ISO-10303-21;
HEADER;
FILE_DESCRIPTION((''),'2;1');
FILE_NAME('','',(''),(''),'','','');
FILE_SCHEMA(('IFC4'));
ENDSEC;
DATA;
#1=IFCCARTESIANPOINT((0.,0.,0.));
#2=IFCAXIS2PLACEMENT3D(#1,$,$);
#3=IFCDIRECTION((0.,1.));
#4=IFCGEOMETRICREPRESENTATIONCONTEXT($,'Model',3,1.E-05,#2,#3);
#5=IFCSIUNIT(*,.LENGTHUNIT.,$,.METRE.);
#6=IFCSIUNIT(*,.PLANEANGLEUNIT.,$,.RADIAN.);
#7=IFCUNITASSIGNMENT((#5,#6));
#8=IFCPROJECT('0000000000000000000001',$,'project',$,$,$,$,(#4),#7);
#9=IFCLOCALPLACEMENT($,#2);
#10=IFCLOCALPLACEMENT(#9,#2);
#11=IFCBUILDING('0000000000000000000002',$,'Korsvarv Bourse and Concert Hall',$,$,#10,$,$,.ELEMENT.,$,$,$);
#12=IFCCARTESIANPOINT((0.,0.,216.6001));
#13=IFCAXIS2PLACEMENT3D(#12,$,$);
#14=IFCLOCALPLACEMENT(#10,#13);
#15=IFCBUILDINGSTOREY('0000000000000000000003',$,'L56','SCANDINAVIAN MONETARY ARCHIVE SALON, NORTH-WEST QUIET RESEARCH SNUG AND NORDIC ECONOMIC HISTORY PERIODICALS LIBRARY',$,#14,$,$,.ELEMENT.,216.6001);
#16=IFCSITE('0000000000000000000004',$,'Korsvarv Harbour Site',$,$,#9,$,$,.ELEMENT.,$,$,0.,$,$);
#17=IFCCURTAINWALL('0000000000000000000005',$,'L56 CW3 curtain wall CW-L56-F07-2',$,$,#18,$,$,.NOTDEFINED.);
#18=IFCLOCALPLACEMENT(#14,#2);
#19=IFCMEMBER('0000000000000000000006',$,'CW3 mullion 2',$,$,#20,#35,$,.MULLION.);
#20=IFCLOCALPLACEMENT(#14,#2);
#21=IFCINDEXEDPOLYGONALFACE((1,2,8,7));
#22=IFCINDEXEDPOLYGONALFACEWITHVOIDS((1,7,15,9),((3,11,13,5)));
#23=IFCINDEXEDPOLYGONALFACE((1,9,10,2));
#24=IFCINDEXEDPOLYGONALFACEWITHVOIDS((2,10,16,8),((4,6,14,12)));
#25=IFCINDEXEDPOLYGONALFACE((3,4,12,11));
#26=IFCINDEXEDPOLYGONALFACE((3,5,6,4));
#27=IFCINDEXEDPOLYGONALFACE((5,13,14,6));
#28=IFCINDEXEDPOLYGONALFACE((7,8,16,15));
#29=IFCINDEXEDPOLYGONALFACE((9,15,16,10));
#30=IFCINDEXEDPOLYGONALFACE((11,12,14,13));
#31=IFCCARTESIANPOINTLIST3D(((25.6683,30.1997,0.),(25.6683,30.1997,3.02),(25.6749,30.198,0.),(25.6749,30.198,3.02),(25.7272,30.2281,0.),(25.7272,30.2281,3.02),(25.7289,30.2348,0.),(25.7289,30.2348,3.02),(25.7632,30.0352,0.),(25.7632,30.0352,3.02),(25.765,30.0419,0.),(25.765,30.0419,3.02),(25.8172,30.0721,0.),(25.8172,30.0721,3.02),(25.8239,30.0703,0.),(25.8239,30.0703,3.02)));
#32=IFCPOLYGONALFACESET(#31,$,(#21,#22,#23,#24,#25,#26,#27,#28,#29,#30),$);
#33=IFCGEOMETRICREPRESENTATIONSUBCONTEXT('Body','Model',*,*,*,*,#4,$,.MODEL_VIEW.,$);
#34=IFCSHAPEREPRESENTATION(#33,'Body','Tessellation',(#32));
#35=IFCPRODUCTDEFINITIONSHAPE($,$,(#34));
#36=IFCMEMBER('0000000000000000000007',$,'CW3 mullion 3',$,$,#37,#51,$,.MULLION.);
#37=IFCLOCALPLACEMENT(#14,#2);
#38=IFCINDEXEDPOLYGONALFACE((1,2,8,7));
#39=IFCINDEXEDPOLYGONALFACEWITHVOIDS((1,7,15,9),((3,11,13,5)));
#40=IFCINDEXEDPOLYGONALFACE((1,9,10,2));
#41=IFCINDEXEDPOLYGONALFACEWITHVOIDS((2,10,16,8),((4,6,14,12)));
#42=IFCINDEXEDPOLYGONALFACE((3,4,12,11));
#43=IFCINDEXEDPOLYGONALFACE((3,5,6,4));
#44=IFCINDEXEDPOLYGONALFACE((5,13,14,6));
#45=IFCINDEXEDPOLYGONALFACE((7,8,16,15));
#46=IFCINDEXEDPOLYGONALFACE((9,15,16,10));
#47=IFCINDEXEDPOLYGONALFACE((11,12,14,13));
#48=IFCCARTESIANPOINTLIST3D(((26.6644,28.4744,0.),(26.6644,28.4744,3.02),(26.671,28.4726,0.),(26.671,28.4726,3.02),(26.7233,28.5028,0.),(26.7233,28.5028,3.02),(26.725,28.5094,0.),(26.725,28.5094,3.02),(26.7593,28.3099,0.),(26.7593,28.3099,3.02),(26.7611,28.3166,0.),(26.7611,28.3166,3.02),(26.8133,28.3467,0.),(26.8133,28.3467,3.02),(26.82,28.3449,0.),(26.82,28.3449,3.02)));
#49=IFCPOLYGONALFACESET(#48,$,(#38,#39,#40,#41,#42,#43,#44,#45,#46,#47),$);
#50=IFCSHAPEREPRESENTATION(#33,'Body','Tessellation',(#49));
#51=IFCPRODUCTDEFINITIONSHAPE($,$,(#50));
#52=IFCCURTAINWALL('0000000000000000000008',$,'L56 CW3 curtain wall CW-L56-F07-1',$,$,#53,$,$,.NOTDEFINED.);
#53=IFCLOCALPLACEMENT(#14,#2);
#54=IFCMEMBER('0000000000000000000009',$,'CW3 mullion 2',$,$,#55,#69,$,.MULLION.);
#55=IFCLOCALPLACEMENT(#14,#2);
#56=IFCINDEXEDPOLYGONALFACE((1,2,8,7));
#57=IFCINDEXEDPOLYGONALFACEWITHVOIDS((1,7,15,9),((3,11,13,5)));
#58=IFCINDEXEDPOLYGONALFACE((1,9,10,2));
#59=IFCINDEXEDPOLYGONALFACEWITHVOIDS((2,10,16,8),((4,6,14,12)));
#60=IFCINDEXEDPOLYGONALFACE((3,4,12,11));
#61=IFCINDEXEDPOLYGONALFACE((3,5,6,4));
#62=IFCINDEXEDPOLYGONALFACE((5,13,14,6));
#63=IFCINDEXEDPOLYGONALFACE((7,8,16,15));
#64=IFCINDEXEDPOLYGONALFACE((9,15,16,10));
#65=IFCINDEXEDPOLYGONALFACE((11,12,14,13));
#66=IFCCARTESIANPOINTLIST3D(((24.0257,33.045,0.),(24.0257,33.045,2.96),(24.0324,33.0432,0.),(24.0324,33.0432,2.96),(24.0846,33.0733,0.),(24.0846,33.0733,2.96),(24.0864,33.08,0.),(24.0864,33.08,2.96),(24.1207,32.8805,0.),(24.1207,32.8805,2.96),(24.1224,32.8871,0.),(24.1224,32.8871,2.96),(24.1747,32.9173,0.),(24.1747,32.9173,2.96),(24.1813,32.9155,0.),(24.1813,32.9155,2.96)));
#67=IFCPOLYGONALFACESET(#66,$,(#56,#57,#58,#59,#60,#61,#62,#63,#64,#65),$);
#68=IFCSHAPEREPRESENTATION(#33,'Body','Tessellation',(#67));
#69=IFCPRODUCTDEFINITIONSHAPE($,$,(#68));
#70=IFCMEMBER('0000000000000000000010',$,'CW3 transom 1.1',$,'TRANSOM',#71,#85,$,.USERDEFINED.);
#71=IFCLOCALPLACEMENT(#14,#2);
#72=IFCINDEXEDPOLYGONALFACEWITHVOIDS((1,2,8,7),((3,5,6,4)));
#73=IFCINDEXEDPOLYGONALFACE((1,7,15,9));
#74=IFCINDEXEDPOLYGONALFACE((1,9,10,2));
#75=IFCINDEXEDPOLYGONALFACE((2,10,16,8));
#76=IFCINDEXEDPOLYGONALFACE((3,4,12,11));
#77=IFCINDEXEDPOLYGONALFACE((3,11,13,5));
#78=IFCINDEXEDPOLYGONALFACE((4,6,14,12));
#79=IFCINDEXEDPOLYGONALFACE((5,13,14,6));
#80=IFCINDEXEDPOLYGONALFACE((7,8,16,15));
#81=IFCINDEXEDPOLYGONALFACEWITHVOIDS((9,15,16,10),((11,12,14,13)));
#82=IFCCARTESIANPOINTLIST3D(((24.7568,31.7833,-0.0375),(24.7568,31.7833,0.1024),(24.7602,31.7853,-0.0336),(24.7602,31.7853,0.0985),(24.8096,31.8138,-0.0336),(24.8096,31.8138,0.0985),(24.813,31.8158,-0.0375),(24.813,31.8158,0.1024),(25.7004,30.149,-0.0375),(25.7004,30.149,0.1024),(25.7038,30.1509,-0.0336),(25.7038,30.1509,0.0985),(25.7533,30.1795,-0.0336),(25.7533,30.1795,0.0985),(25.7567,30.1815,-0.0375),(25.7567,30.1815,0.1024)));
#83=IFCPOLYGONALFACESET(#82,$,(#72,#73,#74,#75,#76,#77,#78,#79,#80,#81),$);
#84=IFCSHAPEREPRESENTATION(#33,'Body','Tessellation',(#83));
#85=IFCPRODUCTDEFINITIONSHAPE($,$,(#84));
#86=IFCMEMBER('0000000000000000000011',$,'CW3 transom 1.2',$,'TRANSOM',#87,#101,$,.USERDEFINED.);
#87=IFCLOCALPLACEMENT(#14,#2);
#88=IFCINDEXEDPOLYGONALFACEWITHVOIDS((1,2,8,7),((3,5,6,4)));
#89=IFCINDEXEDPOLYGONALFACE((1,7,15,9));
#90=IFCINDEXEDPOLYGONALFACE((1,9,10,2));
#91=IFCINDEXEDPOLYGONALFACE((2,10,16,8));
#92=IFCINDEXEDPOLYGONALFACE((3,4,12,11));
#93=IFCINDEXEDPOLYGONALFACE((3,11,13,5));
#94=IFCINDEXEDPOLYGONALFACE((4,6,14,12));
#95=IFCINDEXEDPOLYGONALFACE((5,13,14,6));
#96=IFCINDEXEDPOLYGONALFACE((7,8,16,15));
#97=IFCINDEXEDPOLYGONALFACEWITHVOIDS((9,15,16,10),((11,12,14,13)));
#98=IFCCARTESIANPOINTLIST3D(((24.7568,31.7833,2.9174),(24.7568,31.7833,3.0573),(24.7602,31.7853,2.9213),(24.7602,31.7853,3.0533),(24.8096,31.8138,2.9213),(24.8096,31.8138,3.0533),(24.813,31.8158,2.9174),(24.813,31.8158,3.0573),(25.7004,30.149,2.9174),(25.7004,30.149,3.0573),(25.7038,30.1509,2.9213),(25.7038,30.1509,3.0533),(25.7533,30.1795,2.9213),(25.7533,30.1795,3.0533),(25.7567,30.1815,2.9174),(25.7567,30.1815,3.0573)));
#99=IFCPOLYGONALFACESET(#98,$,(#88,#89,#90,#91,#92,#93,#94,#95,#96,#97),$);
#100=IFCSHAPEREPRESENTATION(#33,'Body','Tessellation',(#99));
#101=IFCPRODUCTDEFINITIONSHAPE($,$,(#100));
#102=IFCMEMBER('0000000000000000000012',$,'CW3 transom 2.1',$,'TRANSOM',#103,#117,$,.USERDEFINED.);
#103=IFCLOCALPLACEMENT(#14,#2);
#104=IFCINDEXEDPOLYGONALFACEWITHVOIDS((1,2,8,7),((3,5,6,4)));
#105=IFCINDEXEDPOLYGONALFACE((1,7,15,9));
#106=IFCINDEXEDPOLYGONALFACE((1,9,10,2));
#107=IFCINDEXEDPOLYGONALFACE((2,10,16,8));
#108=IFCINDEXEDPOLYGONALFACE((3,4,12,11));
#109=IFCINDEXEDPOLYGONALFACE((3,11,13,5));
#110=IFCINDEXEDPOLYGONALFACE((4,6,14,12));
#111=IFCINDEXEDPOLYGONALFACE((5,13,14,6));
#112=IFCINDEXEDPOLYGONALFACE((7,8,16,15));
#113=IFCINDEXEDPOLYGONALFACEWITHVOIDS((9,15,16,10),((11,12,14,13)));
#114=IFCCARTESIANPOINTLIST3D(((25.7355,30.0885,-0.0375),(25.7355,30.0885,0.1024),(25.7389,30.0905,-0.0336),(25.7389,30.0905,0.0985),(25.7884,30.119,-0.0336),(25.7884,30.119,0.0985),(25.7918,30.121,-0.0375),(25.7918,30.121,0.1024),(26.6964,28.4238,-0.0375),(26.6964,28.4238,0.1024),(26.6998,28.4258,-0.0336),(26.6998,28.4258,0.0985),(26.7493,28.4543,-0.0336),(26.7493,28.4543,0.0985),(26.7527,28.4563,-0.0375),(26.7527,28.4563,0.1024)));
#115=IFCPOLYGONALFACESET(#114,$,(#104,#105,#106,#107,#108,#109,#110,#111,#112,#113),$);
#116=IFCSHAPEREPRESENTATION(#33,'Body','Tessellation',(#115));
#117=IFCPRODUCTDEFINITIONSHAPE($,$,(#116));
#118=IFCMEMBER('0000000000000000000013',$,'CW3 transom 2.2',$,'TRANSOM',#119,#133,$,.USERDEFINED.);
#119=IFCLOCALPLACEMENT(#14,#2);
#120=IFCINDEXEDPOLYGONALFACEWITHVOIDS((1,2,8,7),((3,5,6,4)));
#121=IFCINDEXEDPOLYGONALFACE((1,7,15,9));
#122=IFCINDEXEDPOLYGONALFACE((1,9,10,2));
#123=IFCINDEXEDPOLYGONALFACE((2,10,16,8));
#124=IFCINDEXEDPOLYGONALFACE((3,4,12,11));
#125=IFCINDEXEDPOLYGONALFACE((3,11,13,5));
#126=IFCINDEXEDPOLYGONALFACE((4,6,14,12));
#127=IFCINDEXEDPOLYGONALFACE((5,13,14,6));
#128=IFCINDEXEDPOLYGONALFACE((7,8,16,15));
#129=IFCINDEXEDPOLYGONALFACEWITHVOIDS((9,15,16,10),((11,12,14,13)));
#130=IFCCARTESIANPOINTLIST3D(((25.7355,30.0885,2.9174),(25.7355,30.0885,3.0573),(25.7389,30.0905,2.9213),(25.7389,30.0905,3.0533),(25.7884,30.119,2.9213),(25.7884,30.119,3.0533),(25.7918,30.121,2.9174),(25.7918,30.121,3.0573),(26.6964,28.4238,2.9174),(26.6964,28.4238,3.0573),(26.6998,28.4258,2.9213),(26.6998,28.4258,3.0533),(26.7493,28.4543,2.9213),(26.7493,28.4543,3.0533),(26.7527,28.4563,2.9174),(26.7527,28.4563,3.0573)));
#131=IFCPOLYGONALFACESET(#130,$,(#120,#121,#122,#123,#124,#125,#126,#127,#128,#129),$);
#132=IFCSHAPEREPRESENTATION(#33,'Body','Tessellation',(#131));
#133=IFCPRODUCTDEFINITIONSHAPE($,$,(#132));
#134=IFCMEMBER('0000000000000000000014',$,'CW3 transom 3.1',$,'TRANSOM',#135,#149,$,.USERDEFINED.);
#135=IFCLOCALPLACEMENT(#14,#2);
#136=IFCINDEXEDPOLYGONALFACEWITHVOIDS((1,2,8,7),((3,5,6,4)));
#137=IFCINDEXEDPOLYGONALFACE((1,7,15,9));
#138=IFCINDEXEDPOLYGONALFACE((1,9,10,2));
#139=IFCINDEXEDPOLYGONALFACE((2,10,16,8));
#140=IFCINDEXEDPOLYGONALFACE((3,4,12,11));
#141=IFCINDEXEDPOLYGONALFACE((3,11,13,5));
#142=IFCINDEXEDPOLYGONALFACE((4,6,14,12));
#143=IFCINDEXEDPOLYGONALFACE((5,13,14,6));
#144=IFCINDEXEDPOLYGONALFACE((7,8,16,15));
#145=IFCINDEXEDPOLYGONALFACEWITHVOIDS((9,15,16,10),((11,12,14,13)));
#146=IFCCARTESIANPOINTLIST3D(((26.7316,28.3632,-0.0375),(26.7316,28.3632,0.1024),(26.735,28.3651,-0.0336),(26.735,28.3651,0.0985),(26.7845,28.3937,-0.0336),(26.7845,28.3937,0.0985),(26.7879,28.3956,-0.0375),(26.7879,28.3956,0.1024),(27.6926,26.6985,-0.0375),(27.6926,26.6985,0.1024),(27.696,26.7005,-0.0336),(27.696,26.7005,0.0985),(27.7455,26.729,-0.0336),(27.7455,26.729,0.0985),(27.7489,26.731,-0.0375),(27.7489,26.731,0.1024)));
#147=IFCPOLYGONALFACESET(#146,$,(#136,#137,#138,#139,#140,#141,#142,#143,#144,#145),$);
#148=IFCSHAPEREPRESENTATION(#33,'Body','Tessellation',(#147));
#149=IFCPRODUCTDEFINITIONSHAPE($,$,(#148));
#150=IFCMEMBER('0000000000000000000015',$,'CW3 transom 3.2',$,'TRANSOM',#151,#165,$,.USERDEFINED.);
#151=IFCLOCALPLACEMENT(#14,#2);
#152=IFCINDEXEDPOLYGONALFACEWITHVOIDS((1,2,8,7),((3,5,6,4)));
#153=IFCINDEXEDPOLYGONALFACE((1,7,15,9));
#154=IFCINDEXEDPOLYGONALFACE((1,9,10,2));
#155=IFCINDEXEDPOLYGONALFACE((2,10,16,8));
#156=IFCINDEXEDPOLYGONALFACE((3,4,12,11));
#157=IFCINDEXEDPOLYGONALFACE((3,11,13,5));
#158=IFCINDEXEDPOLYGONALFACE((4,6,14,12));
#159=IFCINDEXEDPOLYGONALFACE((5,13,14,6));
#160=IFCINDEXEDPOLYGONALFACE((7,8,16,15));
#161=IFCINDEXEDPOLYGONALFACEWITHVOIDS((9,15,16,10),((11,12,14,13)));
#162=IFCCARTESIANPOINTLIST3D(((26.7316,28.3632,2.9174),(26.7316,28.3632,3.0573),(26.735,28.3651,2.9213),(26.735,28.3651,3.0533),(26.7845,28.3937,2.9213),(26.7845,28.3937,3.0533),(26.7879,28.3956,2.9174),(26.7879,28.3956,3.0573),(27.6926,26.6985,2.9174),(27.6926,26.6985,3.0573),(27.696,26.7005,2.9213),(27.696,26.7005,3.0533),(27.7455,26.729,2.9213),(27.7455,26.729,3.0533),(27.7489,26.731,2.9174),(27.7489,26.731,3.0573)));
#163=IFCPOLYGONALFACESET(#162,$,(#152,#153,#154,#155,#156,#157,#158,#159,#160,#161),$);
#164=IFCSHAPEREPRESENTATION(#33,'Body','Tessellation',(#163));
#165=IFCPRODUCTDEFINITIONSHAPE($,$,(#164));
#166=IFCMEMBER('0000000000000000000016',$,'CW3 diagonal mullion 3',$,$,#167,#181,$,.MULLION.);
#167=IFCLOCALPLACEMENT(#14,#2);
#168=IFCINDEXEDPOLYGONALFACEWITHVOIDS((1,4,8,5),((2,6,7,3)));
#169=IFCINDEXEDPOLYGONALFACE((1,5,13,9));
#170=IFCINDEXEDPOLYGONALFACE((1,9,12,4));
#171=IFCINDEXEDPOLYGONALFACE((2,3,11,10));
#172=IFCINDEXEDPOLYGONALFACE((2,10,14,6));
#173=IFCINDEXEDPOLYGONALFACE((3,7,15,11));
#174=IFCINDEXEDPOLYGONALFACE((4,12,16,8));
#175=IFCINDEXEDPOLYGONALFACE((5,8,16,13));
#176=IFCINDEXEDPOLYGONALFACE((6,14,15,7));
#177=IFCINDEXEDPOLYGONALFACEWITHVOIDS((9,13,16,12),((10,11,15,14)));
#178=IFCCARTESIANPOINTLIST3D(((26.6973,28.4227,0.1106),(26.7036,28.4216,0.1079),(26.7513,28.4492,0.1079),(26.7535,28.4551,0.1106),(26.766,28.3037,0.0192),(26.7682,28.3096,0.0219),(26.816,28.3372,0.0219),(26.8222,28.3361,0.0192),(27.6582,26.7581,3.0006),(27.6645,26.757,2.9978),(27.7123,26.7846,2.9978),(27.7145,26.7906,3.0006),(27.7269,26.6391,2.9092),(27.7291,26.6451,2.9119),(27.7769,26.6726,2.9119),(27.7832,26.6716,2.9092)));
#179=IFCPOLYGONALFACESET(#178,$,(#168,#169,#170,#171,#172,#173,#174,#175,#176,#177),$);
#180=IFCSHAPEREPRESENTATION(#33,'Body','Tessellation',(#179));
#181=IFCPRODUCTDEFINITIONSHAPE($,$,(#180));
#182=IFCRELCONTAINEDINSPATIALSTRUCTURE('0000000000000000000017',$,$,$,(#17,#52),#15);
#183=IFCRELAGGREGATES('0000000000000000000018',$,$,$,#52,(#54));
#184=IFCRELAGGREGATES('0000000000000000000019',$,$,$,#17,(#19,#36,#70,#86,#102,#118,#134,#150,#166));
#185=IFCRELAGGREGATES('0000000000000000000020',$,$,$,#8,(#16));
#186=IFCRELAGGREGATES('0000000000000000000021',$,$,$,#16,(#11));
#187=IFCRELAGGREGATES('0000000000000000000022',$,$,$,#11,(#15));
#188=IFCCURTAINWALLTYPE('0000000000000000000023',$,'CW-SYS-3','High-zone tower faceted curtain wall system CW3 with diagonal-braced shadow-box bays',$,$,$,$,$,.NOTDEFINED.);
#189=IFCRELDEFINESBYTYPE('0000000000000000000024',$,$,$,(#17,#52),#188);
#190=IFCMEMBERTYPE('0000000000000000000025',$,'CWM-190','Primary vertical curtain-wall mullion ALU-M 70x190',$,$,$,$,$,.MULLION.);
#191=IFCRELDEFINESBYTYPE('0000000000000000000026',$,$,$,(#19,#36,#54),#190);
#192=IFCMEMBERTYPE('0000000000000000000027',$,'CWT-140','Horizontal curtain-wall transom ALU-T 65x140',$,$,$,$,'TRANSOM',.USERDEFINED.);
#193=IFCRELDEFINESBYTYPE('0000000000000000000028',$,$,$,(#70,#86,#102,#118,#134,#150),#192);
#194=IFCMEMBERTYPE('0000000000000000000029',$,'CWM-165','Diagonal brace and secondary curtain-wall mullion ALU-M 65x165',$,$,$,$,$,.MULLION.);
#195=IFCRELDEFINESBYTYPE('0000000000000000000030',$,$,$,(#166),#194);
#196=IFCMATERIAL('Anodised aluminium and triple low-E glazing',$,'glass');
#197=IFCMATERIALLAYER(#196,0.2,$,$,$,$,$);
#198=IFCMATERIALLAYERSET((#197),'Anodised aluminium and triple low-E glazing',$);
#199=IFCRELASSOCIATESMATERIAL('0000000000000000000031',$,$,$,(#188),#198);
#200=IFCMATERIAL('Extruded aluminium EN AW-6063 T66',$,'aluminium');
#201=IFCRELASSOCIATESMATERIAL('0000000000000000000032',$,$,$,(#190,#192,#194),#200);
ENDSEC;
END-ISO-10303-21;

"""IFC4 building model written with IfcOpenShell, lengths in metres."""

from ifc_helpers import new_model, si_unit, direction, frame, origin, origin_2d, place, context, subcontext, project, spatial, hollow_rectangle, extrude, source, transform, mapped, material, layer, layer_set, material_profile, profile_set, type_object, element, aggregate, save


model = new_model("IFC4")

# Units and contexts
model_context = context("Model", 3, precision=1e-05, world=origin(), true_north=direction((0.0, 1.0)))
body_context = subcontext(model_context, "Body", "Model", "MODEL_VIEW")
ifc_project = project(units=[si_unit("LENGTHUNIT", "METRE"), si_unit("PLANEANGLEUNIT", "RADIAN")], contexts=[model_context])

# Site, building, storey
site_placement = place(None, origin())
site = spatial("IfcSite", under=ifc_project, at=site_placement, Name="Korsvarv Harbour Site", CompositionType="ELEMENT", RefElevation=0.0)
building_placement = place(site_placement, origin())
building = spatial("IfcBuilding", under=site, at=building_placement, Name="Korsvarv Bourse and Concert Hall", CompositionType="ELEMENT")
storey_placement = place(building_placement, frame((0.0, 0.0, 216.6001)))
storey = spatial("IfcBuildingStorey", under=building, at=storey_placement, Name="L56", Description="SCANDINAVIAN MONETARY ARCHIVE SALON, NORTH-WEST QUIET RESEARCH SNUG AND NORDIC ECONOMIC HISTORY PERIODICALS LIBRARY", CompositionType="ELEMENT", Elevation=216.6001)

# Curtain wall, members
ifc_material_1 = material(Name="Anodised aluminium and triple low-E glazing", Category="glass")
ifc_layer_1 = layer(ifc_material_1, 0.2)
ifc_layer_set_1 = layer_set([ifc_layer_1], Name="Anodised aluminium and triple low-E glazing")
curtain_wall_type = type_object("IfcCurtainWallType", Name="CW-SYS-3", Description="High-zone tower faceted curtain wall system CW3 with diagonal-braced shadow-box bays", PredefinedType="NOTDEFINED", material=ifc_layer_set_1)
curtain_wall_1_placement = place(storey_placement, origin())
curtain_wall_1 = element("IfcCurtainWall", 1, at=curtain_wall_1_placement, inside=storey, type_object=curtain_wall_type, Name="L56 CW3 curtain wall CW-L56-F07-2", PredefinedType="NOTDEFINED")
ifc_material_2 = material(Name="Extruded aluminium EN AW-6063 T66", Category="aluminium")
ifc_material_profile_1 = material_profile(ifc_material_2, hollow_rectangle(XDim=0.0701, YDim=0.1899, WallThickness=0.0049, at=origin_2d()), Name="ALU-M 70x190")
ifc_profile_set_1 = profile_set([ifc_material_profile_1], Name="Extruded aluminium EN AW-6063 T66")
member_type_1 = type_object("IfcMemberType", Name="CWM-190", Description="Primary vertical curtain-wall mullion ALU-M 70x190", PredefinedType="MULLION", material=ifc_profile_set_1)
shared_shape_1 = source(origin(), body_context, "Body", "SweptSolid", [
    extrude(hollow_rectangle(XDim=0.0701, YDim=0.1899, WallThickness=0.0049, at=origin_2d()), origin(), (0.0, 0.0, 1.0), 3.02),
])
member_1_placement = place(storey_placement, frame((25.7461, 30.135, 0.0), z_axis=(0.0, 0.0, 1.0), x_axis=(0.866028, 0.499996, 0.0)))
member_1 = element("IfcMember", 2, at=member_1_placement, type_object=member_type_1, Name="CW3 mullion 2", PredefinedType="MULLION", context=body_context, shape_type="MappedRepresentation", body=[
    mapped(shared_shape_1, transform((0.0, 0.0, 0.0), scale=1.0)),
])
member_2_placement = place(storey_placement, frame((26.7422, 28.4097, 0.0), z_axis=(0.0, 0.0, 1.0), x_axis=(0.866028, 0.499996, 0.0)))
member_2 = element("IfcMember", 3, at=member_2_placement, type_object=member_type_1, Name="CW3 mullion 3", PredefinedType="MULLION", context=body_context, shape_type="MappedRepresentation", body=[
    mapped(shared_shape_1, transform((0.0, 0.0, 0.0), scale=1.0)),
])

# Curtain wall, member
curtain_wall_2_placement = place(storey_placement, origin())
curtain_wall_2 = element("IfcCurtainWall", 4, at=curtain_wall_2_placement, inside=storey, type_object=curtain_wall_type, Name="L56 CW3 curtain wall CW-L56-F07-1", PredefinedType="NOTDEFINED")
shared_shape_2 = source(origin(), body_context, "Body", "SweptSolid", [
    extrude(hollow_rectangle(XDim=0.0701, YDim=0.1899, WallThickness=0.0049, at=origin_2d()), origin(), (0.0, 0.0, 1.0), 2.96),
])
member_3_placement = place(storey_placement, frame((24.1035, 32.9802, 0.0), z_axis=(0.0, 0.0, 1.0), x_axis=(0.866052, 0.499954, 0.0)))
member_3 = element("IfcMember", 5, at=member_3_placement, type_object=member_type_1, Name="CW3 mullion 2", PredefinedType="MULLION", context=body_context, shape_type="MappedRepresentation", body=[
    mapped(shared_shape_2, transform((0.0, 0.0, 0.0), scale=1.0)),
])
aggregate(curtain_wall_2, [member_3])

# Members
ifc_material_profile_2 = material_profile(ifc_material_2, hollow_rectangle(XDim=0.0649, YDim=0.1399, WallThickness=0.0039, at=origin_2d()), Name="ALU-T 65x140")
ifc_profile_set_2 = profile_set([ifc_material_profile_2], Name="Extruded aluminium EN AW-6063 T66")
member_type_2 = type_object("IfcMemberType", Name="CWT-140", Description="Horizontal curtain-wall transom ALU-T 65x140", ElementType="TRANSOM", PredefinedType="USERDEFINED", material=ifc_profile_set_2)
shared_shape_3 = source(origin(), body_context, "Body", "SweptSolid", [
    extrude(hollow_rectangle(XDim=0.0649, YDim=0.1399, WallThickness=0.0039, at=origin_2d()), origin(), (0.0, 0.0, 1.0), 1.8872),
])
member_4_placement = place(storey_placement, frame((24.7849, 31.7996, 0.0325), z_axis=(0.500021, -0.866013, 0.0), x_axis=(0.866013, 0.500021, 0.0)))
member_4 = element("IfcMember", 6, at=member_4_placement, type_object=member_type_2, Name="CW3 transom 1.1", ObjectType="TRANSOM", PredefinedType="USERDEFINED", context=body_context, shape_type="MappedRepresentation", body=[
    mapped(shared_shape_3, transform((0.0, 0.0, 0.0), scale=1.0)),
])
member_5_placement = place(storey_placement, frame((24.7849, 31.7996, 2.9873), z_axis=(0.500021, -0.866013, 0.0), x_axis=(0.866013, 0.500021, 0.0)))
member_5 = element("IfcMember", 7, at=member_5_placement, type_object=member_type_2, Name="CW3 transom 1.2", ObjectType="TRANSOM", PredefinedType="USERDEFINED", context=body_context, shape_type="MappedRepresentation", body=[
    mapped(shared_shape_3, transform((0.0, 0.0, 0.0), scale=1.0)),
])
shared_shape_4 = source(origin(), body_context, "Body", "SweptSolid", [
    extrude(hollow_rectangle(XDim=0.0649, YDim=0.1399, WallThickness=0.0039, at=origin_2d()), origin(), (0.0, 0.0, 1.0), 1.9221),
])
member_6_placement = place(storey_placement, frame((25.7637, 30.1047, 0.0325), z_axis=(0.499909, -0.866078, 0.0), x_axis=(0.866078, 0.499909, 0.0)))
member_6 = element("IfcMember", 8, at=member_6_placement, type_object=member_type_2, Name="CW3 transom 2.1", ObjectType="TRANSOM", PredefinedType="USERDEFINED", context=body_context, shape_type="MappedRepresentation", body=[
    mapped(shared_shape_4, transform((0.0, 0.0, 0.0), scale=1.0)),
])
member_7_placement = place(storey_placement, frame((25.7637, 30.1047, 2.9873), z_axis=(0.499909, -0.866078, 0.0), x_axis=(0.866078, 0.499909, 0.0)))
member_7 = element("IfcMember", 9, at=member_7_placement, type_object=member_type_2, Name="CW3 transom 2.2", ObjectType="TRANSOM", PredefinedType="USERDEFINED", context=body_context, shape_type="MappedRepresentation", body=[
    mapped(shared_shape_4, transform((0.0, 0.0, 0.0), scale=1.0)),
])
member_8_placement = place(storey_placement, frame((26.7598, 28.3794, 0.0325), z_axis=(0.499964, -0.866046, 0.0), x_axis=(0.866046, 0.499964, 0.0)))
member_8 = element("IfcMember", 10, at=member_8_placement, type_object=member_type_2, Name="CW3 transom 3.1", ObjectType="TRANSOM", PredefinedType="USERDEFINED", context=body_context, shape_type="MappedRepresentation", body=[
    mapped(shared_shape_4, transform((0.0, 0.0, 0.0), scale=1.0)),
])
member_9_placement = place(storey_placement, frame((26.7598, 28.3794, 2.9873), z_axis=(0.499964, -0.866046, 0.0), x_axis=(0.866046, 0.499964, 0.0)))
member_9 = element("IfcMember", 11, at=member_9_placement, type_object=member_type_2, Name="CW3 transom 3.2", ObjectType="TRANSOM", PredefinedType="USERDEFINED", context=body_context, shape_type="MappedRepresentation", body=[
    mapped(shared_shape_4, transform((0.0, 0.0, 0.0), scale=1.0)),
])
ifc_material_profile_3 = material_profile(ifc_material_2, hollow_rectangle(XDim=0.0649, YDim=0.165, WallThickness=0.0049, at=origin_2d()), Name="ALU-M 65x165")
ifc_profile_set_3 = profile_set([ifc_material_profile_3], Name="Extruded aluminium EN AW-6063 T66")
member_type_3 = type_object("IfcMemberType", Name="CWM-165", Description="Diagonal brace and secondary curtain-wall mullion ALU-M 65x165", PredefinedType="MULLION", material=ifc_profile_set_3)
shared_shape_5 = source(origin(), body_context, "Body", "SweptSolid", [
    extrude(hollow_rectangle(XDim=0.0649, YDim=0.165, WallThickness=0.0049, at=origin_2d()), origin(), (0.0, 0.0, 1.0), 3.4707),
])
member_10_placement = place(storey_placement, frame((26.7598, 28.3794, 0.0649), z_axis=(0.276873, -0.479604, 0.832659), x_axis=(0.866046, 0.499964, 0.0)))
member_10 = element("IfcMember", 12, at=member_10_placement, type_object=member_type_3, Name="CW3 diagonal mullion 3", PredefinedType="MULLION", context=body_context, shape_type="MappedRepresentation", body=[
    mapped(shared_shape_5, transform((0.0, 0.0, 0.0), scale=1.0)),
])

aggregate(curtain_wall_1, [member_1, member_2, member_4, member_5, member_6, member_7, member_8, member_9, member_10])

save(model, "model.ifc")
